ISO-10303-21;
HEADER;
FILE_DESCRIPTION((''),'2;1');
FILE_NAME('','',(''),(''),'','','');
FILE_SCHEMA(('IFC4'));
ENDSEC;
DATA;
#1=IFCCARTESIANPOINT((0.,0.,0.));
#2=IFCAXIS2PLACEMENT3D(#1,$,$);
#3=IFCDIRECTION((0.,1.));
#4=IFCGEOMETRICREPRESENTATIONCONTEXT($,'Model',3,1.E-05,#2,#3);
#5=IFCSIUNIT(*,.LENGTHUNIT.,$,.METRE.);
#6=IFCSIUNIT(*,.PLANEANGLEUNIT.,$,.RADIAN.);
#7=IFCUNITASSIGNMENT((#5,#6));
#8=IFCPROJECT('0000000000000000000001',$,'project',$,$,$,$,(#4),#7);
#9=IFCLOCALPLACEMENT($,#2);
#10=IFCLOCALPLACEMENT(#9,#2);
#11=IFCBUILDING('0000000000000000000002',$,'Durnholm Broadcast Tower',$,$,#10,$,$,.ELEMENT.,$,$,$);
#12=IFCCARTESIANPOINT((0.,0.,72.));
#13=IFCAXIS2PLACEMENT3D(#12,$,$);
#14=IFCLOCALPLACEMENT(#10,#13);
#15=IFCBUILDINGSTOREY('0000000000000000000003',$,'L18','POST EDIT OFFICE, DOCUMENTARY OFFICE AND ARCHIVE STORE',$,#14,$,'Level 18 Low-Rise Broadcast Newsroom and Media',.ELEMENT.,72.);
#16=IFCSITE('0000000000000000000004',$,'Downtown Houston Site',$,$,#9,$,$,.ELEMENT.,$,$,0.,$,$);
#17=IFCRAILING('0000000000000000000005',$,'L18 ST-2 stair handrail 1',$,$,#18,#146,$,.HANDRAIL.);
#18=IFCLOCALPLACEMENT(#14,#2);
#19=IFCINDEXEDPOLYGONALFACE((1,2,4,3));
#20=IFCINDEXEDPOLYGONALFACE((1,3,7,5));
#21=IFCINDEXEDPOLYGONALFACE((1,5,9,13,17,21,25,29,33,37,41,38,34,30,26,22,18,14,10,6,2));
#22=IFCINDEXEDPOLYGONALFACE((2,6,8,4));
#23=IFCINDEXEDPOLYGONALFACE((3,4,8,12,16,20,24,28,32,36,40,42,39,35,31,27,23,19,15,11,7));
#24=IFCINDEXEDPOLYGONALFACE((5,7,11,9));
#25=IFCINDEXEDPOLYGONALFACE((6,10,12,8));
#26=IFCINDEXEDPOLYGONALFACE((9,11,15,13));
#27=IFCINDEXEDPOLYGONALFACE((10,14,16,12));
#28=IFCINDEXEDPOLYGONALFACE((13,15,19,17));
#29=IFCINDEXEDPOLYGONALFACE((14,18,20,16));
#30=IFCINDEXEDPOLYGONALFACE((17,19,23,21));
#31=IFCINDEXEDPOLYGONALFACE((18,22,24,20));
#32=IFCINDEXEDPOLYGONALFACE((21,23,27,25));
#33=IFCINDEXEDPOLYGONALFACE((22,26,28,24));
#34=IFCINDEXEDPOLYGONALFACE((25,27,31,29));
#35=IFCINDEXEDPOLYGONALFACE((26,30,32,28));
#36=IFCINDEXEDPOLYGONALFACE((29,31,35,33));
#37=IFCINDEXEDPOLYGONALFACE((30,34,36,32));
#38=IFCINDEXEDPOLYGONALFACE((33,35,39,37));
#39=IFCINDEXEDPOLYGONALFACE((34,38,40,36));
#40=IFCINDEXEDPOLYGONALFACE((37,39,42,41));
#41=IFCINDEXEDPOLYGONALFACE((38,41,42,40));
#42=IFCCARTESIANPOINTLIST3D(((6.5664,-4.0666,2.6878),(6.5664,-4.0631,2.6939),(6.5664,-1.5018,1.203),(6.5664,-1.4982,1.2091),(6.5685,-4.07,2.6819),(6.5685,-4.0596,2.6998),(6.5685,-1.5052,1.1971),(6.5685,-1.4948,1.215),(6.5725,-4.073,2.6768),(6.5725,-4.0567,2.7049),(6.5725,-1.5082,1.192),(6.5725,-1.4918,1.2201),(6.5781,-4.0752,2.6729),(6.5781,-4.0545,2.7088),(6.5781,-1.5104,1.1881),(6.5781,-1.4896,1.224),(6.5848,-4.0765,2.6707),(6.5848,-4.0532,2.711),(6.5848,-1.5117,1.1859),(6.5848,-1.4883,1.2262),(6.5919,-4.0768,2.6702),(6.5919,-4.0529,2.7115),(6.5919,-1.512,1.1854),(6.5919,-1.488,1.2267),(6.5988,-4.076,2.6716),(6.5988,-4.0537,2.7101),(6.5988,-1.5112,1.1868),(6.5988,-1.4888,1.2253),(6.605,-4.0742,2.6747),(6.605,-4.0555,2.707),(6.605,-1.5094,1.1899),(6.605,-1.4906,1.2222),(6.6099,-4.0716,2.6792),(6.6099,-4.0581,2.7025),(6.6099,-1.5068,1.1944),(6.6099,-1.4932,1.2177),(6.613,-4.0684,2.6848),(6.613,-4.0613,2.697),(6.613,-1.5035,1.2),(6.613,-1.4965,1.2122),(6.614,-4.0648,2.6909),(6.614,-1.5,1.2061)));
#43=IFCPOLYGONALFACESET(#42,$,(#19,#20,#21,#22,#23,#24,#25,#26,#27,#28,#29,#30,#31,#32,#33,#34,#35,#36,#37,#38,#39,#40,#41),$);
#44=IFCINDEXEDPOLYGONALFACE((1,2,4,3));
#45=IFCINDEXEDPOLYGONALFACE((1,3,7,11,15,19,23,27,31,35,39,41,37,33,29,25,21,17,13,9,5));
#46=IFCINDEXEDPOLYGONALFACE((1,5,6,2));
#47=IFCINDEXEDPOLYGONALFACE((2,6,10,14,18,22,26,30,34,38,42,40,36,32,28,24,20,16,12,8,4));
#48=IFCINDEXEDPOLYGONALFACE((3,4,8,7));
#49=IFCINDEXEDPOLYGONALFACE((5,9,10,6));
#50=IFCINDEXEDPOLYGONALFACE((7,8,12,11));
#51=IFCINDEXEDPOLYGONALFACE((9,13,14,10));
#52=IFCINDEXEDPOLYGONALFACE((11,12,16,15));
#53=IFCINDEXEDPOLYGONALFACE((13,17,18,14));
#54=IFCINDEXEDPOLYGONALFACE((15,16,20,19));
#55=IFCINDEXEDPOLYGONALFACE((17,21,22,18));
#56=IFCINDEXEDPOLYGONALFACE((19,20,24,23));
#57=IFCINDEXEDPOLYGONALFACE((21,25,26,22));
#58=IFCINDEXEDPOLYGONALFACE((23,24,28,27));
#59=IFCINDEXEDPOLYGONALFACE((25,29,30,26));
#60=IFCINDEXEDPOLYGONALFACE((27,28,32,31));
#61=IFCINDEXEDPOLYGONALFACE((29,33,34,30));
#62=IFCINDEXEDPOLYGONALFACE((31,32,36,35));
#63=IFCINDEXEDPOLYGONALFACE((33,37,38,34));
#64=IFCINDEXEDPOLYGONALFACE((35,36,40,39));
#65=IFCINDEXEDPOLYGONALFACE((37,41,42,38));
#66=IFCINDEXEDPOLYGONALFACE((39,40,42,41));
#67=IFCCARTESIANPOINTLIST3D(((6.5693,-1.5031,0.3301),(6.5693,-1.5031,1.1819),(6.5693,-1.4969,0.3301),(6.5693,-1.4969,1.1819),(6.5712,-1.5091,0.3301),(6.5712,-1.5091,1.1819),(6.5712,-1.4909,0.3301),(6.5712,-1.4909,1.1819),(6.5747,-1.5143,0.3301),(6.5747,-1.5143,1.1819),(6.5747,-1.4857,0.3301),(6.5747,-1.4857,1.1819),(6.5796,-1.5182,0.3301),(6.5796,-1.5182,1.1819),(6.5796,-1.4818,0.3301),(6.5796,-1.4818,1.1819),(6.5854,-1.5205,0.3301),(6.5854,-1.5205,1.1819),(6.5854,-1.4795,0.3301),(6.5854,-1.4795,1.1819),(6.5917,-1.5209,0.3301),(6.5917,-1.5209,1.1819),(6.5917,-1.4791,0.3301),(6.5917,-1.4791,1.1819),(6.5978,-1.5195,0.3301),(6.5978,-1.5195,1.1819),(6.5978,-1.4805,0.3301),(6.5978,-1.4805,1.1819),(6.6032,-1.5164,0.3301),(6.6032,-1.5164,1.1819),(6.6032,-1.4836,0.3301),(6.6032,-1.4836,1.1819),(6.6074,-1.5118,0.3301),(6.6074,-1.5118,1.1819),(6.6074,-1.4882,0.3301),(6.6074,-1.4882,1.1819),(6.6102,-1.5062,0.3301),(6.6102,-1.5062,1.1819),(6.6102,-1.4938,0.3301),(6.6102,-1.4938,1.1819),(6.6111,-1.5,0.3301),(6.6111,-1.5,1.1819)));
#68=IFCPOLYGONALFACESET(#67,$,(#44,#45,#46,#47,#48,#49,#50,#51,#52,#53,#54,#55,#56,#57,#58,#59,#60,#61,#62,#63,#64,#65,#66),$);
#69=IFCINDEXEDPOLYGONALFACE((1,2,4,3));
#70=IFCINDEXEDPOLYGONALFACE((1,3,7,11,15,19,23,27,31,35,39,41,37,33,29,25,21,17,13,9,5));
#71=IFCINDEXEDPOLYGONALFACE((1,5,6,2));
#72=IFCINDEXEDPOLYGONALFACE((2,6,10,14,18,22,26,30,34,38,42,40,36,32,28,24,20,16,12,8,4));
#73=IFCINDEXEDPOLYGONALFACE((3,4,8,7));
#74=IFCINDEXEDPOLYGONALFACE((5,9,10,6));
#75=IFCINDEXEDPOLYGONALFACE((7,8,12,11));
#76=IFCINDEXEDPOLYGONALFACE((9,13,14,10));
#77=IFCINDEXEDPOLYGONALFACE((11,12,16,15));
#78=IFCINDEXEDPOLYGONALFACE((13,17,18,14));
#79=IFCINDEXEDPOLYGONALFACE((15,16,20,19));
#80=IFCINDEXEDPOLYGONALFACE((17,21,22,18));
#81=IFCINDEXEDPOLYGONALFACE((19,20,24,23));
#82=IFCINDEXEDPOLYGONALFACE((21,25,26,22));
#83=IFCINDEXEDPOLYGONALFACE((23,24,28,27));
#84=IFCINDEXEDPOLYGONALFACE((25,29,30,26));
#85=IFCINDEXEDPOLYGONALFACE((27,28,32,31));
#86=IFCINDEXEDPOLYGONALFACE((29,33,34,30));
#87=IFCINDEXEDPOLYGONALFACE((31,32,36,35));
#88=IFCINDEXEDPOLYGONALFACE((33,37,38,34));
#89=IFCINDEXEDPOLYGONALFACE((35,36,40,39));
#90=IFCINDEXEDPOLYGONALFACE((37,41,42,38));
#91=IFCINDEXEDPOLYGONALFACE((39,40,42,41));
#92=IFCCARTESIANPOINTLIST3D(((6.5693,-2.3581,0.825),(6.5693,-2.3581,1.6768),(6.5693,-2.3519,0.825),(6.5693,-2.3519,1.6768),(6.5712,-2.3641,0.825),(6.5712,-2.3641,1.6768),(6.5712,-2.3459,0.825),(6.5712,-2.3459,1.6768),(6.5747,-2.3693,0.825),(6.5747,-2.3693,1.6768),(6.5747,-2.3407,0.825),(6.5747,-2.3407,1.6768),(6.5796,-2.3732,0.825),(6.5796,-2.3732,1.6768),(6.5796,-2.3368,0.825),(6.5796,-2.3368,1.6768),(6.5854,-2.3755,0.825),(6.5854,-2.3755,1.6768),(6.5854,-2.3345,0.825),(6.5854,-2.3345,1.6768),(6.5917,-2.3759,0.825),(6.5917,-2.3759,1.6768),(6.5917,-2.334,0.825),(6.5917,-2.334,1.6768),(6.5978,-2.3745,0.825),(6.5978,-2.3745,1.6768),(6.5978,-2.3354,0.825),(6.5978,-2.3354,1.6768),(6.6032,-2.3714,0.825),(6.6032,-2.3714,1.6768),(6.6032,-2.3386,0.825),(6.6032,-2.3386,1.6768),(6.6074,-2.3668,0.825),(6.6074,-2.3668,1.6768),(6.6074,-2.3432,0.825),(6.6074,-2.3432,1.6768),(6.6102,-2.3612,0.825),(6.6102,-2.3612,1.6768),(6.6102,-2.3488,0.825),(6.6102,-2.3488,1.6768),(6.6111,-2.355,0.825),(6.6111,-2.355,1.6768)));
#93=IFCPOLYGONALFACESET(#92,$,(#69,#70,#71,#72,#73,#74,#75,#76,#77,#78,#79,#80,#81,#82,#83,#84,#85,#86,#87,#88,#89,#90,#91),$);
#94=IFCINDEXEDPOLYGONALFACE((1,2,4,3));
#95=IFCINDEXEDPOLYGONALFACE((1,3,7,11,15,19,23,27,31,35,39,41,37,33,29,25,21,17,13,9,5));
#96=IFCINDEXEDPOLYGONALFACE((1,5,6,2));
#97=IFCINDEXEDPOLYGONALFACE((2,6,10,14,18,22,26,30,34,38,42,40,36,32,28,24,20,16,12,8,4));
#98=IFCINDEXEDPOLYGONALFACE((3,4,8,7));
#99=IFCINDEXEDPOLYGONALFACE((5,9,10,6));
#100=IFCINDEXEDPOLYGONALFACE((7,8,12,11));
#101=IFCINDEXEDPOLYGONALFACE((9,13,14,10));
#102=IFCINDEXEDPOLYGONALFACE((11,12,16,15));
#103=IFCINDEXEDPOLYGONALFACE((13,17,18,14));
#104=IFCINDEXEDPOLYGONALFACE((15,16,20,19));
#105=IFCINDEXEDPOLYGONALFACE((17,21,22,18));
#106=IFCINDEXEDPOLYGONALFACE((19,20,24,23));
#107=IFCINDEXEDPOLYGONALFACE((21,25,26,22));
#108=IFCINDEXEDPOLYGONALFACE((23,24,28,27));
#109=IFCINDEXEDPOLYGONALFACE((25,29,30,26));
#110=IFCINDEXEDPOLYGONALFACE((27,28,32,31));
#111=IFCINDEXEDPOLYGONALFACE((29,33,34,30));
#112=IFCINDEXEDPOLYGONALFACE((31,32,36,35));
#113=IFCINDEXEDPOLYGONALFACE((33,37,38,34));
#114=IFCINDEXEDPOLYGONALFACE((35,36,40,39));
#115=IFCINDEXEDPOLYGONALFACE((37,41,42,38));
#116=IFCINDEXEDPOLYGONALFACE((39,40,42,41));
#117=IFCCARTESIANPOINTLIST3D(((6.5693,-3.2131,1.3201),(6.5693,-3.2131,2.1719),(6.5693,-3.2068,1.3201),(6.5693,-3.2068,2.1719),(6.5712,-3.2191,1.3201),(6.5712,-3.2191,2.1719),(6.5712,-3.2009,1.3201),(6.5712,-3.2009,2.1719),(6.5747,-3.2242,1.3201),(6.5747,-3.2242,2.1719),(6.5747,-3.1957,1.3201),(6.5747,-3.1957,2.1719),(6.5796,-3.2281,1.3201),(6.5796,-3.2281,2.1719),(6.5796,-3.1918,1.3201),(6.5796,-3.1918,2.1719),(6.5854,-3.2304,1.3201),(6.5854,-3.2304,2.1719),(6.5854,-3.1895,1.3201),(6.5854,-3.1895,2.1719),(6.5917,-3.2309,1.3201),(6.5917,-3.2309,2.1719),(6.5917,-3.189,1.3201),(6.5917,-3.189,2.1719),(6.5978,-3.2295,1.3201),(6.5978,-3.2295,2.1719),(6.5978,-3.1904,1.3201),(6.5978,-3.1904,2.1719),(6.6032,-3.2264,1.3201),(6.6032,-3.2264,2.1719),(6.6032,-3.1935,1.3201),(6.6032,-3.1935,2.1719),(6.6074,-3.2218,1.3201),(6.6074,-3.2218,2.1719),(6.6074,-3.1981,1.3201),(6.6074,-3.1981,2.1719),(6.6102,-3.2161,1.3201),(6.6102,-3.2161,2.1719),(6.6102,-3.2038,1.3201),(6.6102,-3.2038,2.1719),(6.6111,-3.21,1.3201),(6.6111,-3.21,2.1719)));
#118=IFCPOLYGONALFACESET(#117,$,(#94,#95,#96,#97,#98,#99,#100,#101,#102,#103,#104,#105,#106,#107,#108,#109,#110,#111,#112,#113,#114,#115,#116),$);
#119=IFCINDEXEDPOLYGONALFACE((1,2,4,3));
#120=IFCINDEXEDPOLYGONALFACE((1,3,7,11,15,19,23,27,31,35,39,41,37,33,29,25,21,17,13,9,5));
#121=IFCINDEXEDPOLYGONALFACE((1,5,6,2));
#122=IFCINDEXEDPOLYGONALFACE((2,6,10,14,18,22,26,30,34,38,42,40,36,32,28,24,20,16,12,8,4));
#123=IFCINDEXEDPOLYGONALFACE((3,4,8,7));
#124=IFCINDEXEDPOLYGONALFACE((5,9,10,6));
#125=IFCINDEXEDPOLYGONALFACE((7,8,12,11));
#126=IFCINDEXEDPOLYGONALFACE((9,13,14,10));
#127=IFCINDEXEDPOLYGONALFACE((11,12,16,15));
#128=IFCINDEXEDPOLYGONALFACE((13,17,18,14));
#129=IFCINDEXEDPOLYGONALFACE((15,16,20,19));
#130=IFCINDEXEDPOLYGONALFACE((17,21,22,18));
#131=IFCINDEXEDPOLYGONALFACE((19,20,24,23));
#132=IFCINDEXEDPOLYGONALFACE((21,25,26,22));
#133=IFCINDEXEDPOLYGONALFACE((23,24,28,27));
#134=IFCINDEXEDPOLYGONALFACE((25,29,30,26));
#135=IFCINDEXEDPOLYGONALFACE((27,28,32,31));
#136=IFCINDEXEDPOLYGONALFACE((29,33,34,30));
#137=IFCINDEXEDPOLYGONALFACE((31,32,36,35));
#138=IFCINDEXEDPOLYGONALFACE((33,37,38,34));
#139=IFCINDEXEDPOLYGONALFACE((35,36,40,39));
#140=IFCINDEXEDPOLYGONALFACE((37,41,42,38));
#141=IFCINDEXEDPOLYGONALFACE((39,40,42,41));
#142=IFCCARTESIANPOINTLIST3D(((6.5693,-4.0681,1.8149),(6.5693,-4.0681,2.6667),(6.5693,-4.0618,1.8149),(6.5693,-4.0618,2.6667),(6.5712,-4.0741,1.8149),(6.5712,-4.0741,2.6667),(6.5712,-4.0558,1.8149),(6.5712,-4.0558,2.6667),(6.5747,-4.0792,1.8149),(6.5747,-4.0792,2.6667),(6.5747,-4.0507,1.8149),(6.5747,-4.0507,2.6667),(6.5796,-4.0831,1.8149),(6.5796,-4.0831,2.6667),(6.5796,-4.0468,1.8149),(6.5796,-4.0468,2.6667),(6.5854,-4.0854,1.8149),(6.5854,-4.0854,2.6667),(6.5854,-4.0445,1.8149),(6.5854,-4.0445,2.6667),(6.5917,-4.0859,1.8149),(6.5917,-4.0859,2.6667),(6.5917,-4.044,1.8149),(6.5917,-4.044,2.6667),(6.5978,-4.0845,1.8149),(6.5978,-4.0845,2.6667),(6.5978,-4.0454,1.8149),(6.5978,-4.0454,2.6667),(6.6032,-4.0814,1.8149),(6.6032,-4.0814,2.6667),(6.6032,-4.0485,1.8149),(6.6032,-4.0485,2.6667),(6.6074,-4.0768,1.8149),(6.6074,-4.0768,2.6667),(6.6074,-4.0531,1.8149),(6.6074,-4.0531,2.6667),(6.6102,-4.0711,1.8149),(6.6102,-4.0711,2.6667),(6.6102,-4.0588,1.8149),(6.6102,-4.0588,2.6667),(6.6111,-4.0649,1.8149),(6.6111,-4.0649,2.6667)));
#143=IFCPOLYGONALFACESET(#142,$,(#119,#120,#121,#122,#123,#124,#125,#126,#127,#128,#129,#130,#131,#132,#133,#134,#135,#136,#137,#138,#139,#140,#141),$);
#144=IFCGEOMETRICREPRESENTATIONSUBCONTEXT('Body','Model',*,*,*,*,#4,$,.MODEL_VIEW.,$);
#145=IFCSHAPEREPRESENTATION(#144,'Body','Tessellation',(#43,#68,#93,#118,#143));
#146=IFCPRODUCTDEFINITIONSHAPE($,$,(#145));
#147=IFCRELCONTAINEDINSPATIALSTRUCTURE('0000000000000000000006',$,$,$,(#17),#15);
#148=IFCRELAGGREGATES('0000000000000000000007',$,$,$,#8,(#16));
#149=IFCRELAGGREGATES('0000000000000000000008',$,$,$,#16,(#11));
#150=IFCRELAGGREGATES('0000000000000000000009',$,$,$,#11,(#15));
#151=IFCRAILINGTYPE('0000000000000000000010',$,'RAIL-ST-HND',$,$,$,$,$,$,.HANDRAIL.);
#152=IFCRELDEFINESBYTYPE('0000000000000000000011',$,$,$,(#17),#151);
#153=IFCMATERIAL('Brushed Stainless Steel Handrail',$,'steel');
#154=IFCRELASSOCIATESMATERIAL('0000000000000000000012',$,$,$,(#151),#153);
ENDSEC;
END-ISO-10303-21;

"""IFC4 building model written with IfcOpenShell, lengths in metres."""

from ifc_helpers import new_model, si_unit, direction, frame, origin, origin_2d, place, context, subcontext, project, spatial, circle, extrude, material, type_object, element, save


model = new_model("IFC4")

# Units and contexts
model_context = context("Model", 3, precision=1e-05, world=origin(), true_north=direction((0.0, 1.0)))
body_context = subcontext(model_context, "Body", "Model", "MODEL_VIEW")
ifc_project = project(units=[si_unit("LENGTHUNIT", "METRE"), si_unit("PLANEANGLEUNIT", "RADIAN")], contexts=[model_context])

# Site, building, storey
site_placement = place(None, origin())
site = spatial("IfcSite", under=ifc_project, at=site_placement, Name="Downtown Houston Site", CompositionType="ELEMENT", RefElevation=0.0)
building_placement = place(site_placement, origin())
building = spatial("IfcBuilding", under=site, at=building_placement, Name="Durnholm Broadcast Tower", CompositionType="ELEMENT")
storey_placement = place(building_placement, frame((0.0, 0.0, 72.0)))
storey = spatial("IfcBuildingStorey", under=building, at=storey_placement, Name="L18", Description="POST EDIT OFFICE, DOCUMENTARY OFFICE AND ARCHIVE STORE", LongName="Level 18 Low-Rise Broadcast Newsroom and Media", CompositionType="ELEMENT", Elevation=72.0)

# Railing
ifc_material_1 = material(Name="Brushed Stainless Steel Handrail", Category="steel")
railing_type_1 = type_object("IfcRailingType", Name="RAIL-ST-HND", PredefinedType="HANDRAIL", material=ifc_material_1)
railing_1_placement = place(storey_placement, frame((6.5901, -1.5, 0.3301)))
element("IfcRailing", 1, at=railing_1_placement, inside=storey, type_object=railing_type_1, Name="L18 ST-2 stair handrail 1", PredefinedType="HANDRAIL", context=body_context, shape_type="SweptSolid", body=[
    extrude(circle(Radius=0.0239, at=origin_2d()), frame((0.0, 0.0, 0.876), z_axis=(0.0, -0.865441, 0.50101), x_axis=(1.0, 0.0, 0.0)), (0.0, 0.0, 1.0), 2.9636),
    extrude(circle(Radius=0.021, at=origin_2d()), origin(), (0.0, 0.0, 1.0), 0.8518),
    extrude(circle(Radius=0.021, at=origin_2d()), frame((0.0, -0.855, 0.4949)), (0.0, 0.0, 1.0), 0.8518),
    extrude(circle(Radius=0.021, at=origin_2d()), frame((0.0, -1.71, 0.99)), (0.0, 0.0, 1.0), 0.8518),
    extrude(circle(Radius=0.021, at=origin_2d()), frame((0.0, -2.5649, 1.4849)), (0.0, 0.0, 1.0), 0.8518),
])

save(model, "model.ifc")
